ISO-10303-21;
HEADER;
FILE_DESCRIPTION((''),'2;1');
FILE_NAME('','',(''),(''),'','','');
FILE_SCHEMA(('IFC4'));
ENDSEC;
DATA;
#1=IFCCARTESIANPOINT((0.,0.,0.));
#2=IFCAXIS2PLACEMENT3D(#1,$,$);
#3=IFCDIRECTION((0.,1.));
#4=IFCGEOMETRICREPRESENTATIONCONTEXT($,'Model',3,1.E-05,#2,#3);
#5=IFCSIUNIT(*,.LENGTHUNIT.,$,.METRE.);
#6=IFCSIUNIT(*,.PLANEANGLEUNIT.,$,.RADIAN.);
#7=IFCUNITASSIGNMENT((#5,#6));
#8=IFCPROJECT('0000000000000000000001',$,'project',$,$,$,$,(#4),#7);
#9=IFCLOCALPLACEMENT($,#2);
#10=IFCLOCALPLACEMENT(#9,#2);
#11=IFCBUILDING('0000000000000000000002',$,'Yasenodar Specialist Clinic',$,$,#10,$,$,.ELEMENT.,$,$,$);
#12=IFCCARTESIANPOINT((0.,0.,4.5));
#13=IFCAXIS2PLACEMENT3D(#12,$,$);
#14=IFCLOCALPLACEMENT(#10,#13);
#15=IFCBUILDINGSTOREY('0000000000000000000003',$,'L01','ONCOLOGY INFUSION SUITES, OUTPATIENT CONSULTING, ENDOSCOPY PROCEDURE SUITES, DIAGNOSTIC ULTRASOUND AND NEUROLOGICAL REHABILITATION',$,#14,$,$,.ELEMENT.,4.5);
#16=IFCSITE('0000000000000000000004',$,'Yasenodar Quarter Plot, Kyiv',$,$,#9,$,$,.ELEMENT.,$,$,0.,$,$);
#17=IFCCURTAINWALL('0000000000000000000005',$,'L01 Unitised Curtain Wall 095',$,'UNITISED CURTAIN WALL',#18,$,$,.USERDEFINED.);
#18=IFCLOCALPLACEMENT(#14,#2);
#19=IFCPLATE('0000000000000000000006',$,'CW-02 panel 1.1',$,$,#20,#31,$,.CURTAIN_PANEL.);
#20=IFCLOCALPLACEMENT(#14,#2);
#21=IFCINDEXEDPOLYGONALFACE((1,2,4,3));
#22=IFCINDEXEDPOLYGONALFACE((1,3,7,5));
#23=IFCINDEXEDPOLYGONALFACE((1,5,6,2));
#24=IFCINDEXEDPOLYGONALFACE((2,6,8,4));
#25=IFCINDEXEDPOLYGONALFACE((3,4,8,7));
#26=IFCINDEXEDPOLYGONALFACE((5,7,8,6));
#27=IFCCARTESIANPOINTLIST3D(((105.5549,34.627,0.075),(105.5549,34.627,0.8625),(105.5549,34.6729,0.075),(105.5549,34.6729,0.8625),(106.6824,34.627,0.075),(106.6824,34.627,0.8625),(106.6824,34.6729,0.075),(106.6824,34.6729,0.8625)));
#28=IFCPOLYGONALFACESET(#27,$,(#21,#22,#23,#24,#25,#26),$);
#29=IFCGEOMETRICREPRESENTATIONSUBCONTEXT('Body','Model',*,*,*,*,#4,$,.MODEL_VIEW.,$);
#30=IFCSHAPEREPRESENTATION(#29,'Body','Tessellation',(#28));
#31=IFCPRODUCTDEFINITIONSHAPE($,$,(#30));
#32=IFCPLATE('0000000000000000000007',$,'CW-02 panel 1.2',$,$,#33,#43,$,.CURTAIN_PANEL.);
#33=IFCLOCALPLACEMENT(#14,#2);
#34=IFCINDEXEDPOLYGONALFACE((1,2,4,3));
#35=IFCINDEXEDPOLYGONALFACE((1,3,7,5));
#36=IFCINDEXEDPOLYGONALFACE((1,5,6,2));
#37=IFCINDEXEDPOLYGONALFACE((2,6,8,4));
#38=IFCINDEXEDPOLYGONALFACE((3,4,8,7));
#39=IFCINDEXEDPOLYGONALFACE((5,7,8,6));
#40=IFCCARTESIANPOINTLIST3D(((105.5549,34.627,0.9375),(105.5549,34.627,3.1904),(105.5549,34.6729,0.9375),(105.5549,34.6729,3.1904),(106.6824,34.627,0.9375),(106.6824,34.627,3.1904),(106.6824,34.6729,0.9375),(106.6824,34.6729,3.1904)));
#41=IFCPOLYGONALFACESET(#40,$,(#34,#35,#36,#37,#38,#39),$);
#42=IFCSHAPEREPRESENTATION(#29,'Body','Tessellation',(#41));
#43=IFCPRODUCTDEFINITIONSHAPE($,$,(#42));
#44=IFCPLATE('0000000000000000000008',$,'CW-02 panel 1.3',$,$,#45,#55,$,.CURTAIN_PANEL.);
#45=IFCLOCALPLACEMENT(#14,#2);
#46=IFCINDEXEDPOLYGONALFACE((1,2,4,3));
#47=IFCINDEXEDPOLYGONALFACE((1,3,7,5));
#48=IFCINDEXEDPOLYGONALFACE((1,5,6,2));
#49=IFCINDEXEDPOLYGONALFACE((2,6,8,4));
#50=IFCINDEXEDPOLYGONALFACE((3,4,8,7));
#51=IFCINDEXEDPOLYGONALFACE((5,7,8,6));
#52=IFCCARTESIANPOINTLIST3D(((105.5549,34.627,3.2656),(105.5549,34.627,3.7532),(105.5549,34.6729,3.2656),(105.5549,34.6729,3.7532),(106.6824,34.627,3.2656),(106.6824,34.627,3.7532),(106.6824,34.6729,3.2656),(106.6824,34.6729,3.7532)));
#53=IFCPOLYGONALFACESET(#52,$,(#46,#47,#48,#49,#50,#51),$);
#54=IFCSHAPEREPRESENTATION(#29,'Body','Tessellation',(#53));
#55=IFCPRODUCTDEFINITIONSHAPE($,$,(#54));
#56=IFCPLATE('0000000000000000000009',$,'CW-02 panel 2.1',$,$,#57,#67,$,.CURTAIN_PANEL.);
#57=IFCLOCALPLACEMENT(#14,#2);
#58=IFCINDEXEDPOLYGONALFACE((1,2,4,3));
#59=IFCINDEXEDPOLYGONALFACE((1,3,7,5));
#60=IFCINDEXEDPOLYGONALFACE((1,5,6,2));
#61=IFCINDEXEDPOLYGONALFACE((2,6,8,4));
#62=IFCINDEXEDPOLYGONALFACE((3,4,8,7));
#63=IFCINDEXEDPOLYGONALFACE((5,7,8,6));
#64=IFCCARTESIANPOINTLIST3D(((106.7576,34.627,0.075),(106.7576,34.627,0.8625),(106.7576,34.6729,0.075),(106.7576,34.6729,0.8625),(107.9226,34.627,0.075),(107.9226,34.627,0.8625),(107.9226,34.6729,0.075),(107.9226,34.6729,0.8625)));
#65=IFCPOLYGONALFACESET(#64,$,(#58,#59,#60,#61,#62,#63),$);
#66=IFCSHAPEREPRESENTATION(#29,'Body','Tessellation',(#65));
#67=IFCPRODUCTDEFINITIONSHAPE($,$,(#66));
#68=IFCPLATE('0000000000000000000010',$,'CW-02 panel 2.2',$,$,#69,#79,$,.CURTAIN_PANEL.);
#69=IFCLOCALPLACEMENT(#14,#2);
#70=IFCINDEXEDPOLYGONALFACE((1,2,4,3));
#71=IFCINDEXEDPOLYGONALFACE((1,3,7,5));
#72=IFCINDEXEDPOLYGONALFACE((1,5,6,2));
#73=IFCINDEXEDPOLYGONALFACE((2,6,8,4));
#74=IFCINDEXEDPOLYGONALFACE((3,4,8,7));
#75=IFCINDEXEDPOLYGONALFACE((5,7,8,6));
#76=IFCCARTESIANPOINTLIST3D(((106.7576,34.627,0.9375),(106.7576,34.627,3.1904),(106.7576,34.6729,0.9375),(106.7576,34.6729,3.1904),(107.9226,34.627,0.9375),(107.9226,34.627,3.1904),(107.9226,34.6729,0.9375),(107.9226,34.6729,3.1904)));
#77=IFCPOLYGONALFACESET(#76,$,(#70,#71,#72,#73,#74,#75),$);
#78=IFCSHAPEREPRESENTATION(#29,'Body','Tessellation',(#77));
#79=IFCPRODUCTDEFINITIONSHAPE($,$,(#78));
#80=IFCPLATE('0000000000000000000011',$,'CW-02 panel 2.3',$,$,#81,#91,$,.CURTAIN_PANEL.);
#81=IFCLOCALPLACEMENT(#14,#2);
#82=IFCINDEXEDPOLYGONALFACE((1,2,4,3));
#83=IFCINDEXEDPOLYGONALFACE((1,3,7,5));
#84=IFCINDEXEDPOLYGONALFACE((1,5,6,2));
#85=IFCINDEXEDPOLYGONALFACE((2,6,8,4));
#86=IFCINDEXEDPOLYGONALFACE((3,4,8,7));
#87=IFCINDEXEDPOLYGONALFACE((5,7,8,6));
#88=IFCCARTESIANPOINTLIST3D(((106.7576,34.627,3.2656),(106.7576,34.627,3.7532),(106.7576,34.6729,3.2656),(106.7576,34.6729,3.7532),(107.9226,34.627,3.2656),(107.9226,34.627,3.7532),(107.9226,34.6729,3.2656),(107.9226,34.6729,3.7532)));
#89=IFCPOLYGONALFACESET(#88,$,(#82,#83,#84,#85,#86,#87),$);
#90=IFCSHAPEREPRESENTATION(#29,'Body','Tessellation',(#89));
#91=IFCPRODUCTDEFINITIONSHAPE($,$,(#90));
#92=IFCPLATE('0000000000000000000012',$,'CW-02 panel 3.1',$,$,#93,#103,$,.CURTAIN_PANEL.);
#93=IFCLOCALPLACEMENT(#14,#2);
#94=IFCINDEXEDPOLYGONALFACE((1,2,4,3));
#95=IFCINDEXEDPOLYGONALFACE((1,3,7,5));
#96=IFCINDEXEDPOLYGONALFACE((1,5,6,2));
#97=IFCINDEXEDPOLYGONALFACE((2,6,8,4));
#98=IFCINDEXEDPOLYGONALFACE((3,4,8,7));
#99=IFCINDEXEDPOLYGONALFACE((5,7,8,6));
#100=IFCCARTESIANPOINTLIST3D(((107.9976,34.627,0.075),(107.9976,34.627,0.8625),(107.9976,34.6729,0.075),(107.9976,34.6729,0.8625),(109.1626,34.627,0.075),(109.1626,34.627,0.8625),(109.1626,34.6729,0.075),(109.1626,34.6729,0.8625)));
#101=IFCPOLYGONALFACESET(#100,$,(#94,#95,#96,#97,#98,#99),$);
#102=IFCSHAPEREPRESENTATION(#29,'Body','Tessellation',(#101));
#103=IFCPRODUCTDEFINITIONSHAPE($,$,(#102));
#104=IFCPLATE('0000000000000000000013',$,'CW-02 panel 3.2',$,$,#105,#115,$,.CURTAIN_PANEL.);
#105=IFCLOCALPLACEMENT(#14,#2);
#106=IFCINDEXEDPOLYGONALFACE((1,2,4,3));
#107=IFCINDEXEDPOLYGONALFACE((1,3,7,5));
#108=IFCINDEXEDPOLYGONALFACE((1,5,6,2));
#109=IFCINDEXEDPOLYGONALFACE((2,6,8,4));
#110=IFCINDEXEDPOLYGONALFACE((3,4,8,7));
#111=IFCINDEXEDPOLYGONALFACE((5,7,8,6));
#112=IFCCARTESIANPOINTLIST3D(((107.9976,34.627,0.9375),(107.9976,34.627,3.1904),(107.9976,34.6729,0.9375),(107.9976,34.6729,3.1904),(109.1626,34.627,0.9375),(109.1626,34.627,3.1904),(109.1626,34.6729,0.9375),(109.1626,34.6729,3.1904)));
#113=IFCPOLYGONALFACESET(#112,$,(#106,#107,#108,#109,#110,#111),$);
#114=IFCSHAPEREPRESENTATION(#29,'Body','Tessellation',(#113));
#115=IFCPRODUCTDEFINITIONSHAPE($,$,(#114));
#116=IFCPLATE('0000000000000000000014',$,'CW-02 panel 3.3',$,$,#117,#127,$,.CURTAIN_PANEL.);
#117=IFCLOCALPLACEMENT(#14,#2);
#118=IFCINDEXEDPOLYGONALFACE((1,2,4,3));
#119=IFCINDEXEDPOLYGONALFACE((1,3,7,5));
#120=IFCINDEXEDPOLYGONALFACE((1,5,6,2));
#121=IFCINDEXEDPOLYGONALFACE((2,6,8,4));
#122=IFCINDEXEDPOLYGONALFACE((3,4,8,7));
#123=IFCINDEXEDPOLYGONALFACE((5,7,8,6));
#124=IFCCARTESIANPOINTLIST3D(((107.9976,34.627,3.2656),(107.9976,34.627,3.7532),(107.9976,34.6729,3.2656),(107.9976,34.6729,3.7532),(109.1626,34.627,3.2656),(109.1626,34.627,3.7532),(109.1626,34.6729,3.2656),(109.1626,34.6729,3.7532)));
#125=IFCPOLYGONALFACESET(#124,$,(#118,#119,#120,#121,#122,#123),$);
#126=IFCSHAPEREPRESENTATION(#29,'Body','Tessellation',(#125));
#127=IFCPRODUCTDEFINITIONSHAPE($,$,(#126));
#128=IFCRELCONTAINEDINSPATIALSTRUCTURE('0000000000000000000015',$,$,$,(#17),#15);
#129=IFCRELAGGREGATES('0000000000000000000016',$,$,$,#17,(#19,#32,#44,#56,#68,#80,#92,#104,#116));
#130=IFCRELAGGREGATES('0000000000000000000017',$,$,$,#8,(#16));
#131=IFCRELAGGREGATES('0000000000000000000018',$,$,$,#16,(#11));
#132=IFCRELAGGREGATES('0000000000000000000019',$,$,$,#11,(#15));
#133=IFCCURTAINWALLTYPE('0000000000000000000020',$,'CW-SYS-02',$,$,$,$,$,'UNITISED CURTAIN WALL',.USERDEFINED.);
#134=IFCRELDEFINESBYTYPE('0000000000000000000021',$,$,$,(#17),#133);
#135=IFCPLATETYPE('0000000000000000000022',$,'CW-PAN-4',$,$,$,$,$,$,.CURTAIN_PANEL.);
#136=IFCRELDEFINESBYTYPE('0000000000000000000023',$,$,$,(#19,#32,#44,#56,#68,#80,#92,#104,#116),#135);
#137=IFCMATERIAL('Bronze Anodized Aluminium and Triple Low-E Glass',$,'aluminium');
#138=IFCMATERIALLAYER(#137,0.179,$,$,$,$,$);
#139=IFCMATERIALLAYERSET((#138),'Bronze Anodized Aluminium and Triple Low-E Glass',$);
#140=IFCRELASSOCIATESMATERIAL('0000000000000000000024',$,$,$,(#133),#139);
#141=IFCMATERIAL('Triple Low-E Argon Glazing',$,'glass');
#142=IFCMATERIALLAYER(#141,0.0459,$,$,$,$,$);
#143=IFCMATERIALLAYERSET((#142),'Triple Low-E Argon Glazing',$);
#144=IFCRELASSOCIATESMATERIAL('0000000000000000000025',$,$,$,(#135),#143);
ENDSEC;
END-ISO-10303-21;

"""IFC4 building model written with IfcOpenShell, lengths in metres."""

from ifc_helpers import new_model, si_unit, direction, frame, origin, origin_2d, place, context, subcontext, project, spatial, rectangle, extrude, material, layer, layer_set, type_object, element, aggregate, save


model = new_model("IFC4")

# Units and contexts
model_context = context("Model", 3, precision=1e-05, world=origin(), true_north=direction((0.0, 1.0)))
body_context = subcontext(model_context, "Body", "Model", "MODEL_VIEW")
ifc_project = project(units=[si_unit("LENGTHUNIT", "METRE"), si_unit("PLANEANGLEUNIT", "RADIAN")], contexts=[model_context])

# Site, building, storey
site_placement = place(None, origin())
site = spatial("IfcSite", under=ifc_project, at=site_placement, Name="Yasenodar Quarter Plot, Kyiv", CompositionType="ELEMENT", RefElevation=0.0)
building_placement = place(site_placement, origin())
building = spatial("IfcBuilding", under=site, at=building_placement, Name="Yasenodar Specialist Clinic", CompositionType="ELEMENT")
storey_placement = place(building_placement, frame((0.0, 0.0, 4.5)))
storey = spatial("IfcBuildingStorey", under=building, at=storey_placement, Name="L01", Description="ONCOLOGY INFUSION SUITES, OUTPATIENT CONSULTING, ENDOSCOPY PROCEDURE SUITES, DIAGNOSTIC ULTRASOUND AND NEUROLOGICAL REHABILITATION", CompositionType="ELEMENT", Elevation=4.5)

# Curtain wall, plates
ifc_material_1 = material(Name="Bronze Anodized Aluminium and Triple Low-E Glass", Category="aluminium")
ifc_layer_1 = layer(ifc_material_1, 0.179)
ifc_layer_set_1 = layer_set([ifc_layer_1], Name="Bronze Anodized Aluminium and Triple Low-E Glass")
curtain_wall_type = type_object("IfcCurtainWallType", Name="CW-SYS-02", ElementType="UNITISED CURTAIN WALL", PredefinedType="USERDEFINED", material=ifc_layer_set_1)
curtain_wall_placement = place(storey_placement, origin())
curtain_wall = element("IfcCurtainWall", 1, at=curtain_wall_placement, inside=storey, type_object=curtain_wall_type, Name="L01 Unitised Curtain Wall 095", ObjectType="UNITISED CURTAIN WALL", PredefinedType="USERDEFINED")
ifc_material_2 = material(Name="Triple Low-E Argon Glazing", Category="glass")
ifc_layer_2 = layer(ifc_material_2, 0.0459)
ifc_layer_set_2 = layer_set([ifc_layer_2], Name="Triple Low-E Argon Glazing")
plate_type = type_object("IfcPlateType", Name="CW-PAN-4", PredefinedType="CURTAIN_PANEL", material=ifc_layer_set_2)
plate_1_placement = place(storey_placement, frame((106.1187, 34.6499, 0.075), z_axis=(0.0, 0.0, 1.0), x_axis=(1.0, 0.0, 0.0)))
plate_1 = element("IfcPlate", 2, at=plate_1_placement, type_object=plate_type, Name="CW-02 panel 1.1", PredefinedType="CURTAIN_PANEL", context=body_context, shape_type="SweptSolid", body=[
    extrude(rectangle(XDim=1.1274, YDim=0.0459, at=origin_2d()), origin(), (0.0, 0.0, 1.0), 0.7876),
])
plate_2_placement = place(storey_placement, frame((106.1187, 34.6499, 0.9375), z_axis=(0.0, 0.0, 1.0), x_axis=(1.0, 0.0, 0.0)))
plate_2 = element("IfcPlate", 3, at=plate_2_placement, type_object=plate_type, Name="CW-02 panel 1.2", PredefinedType="CURTAIN_PANEL", context=body_context, shape_type="SweptSolid", body=[
    extrude(rectangle(XDim=1.1274, YDim=0.0459, at=origin_2d()), origin(), (0.0, 0.0, 1.0), 2.2529),
])
plate_3_placement = place(storey_placement, frame((106.1187, 34.6499, 3.2656), z_axis=(0.0, 0.0, 1.0), x_axis=(1.0, 0.0, 0.0)))
plate_3 = element("IfcPlate", 4, at=plate_3_placement, type_object=plate_type, Name="CW-02 panel 1.3", PredefinedType="CURTAIN_PANEL", context=body_context, shape_type="SweptSolid", body=[
    extrude(rectangle(XDim=1.1274, YDim=0.0459, at=origin_2d()), origin(), (0.0, 0.0, 1.0), 0.4875),
])
plate_4_placement = place(storey_placement, frame((107.3401, 34.6499, 0.075), z_axis=(0.0, 0.0, 1.0), x_axis=(1.0, 0.0, 0.0)))
plate_4 = element("IfcPlate", 5, at=plate_4_placement, type_object=plate_type, Name="CW-02 panel 2.1", PredefinedType="CURTAIN_PANEL", context=body_context, shape_type="SweptSolid", body=[
    extrude(rectangle(XDim=1.165, YDim=0.0459, at=origin_2d()), origin(), (0.0, 0.0, 1.0), 0.7876),
])
plate_5_placement = place(storey_placement, frame((107.3401, 34.6499, 0.9375), z_axis=(0.0, 0.0, 1.0), x_axis=(1.0, 0.0, 0.0)))
plate_5 = element("IfcPlate", 6, at=plate_5_placement, type_object=plate_type, Name="CW-02 panel 2.2", PredefinedType="CURTAIN_PANEL", context=body_context, shape_type="SweptSolid", body=[
    extrude(rectangle(XDim=1.165, YDim=0.0459, at=origin_2d()), origin(), (0.0, 0.0, 1.0), 2.2529),
])
plate_6_placement = place(storey_placement, frame((107.3401, 34.6499, 3.2656), z_axis=(0.0, 0.0, 1.0), x_axis=(1.0, 0.0, 0.0)))
plate_6 = element("IfcPlate", 7, at=plate_6_placement, type_object=plate_type, Name="CW-02 panel 2.3", PredefinedType="CURTAIN_PANEL", context=body_context, shape_type="SweptSolid", body=[
    extrude(rectangle(XDim=1.165, YDim=0.0459, at=origin_2d()), origin(), (0.0, 0.0, 1.0), 0.4875),
])
plate_7_placement = place(storey_placement, frame((108.5801, 34.6499, 0.075), z_axis=(0.0, 0.0, 1.0), x_axis=(1.0, 0.0, 0.0)))
plate_7 = element("IfcPlate", 8, at=plate_7_placement, type_object=plate_type, Name="CW-02 panel 3.1", PredefinedType="CURTAIN_PANEL", context=body_context, shape_type="SweptSolid", body=[
    extrude(rectangle(XDim=1.165, YDim=0.0459, at=origin_2d()), origin(), (0.0, 0.0, 1.0), 0.7876),
])
plate_8_placement = place(storey_placement, frame((108.5801, 34.6499, 0.9375), z_axis=(0.0, 0.0, 1.0), x_axis=(1.0, 0.0, 0.0)))
plate_8 = element("IfcPlate", 9, at=plate_8_placement, type_object=plate_type, Name="CW-02 panel 3.2", PredefinedType="CURTAIN_PANEL", context=body_context, shape_type="SweptSolid", body=[
    extrude(rectangle(XDim=1.165, YDim=0.0459, at=origin_2d()), origin(), (0.0, 0.0, 1.0), 2.2529),
])
plate_9_placement = place(storey_placement, frame((108.5801, 34.6499, 3.2656), z_axis=(0.0, 0.0, 1.0), x_axis=(1.0, 0.0, 0.0)))
plate_9 = element("IfcPlate", 10, at=plate_9_placement, type_object=plate_type, Name="CW-02 panel 3.3", PredefinedType="CURTAIN_PANEL", context=body_context, shape_type="SweptSolid", body=[
    extrude(rectangle(XDim=1.165, YDim=0.0459, at=origin_2d()), origin(), (0.0, 0.0, 1.0), 0.4875),
])
aggregate(curtain_wall, [plate_1, plate_2, plate_3, plate_4, plate_5, plate_6, plate_7, plate_8, plate_9])

save(model, "model.ifc")
